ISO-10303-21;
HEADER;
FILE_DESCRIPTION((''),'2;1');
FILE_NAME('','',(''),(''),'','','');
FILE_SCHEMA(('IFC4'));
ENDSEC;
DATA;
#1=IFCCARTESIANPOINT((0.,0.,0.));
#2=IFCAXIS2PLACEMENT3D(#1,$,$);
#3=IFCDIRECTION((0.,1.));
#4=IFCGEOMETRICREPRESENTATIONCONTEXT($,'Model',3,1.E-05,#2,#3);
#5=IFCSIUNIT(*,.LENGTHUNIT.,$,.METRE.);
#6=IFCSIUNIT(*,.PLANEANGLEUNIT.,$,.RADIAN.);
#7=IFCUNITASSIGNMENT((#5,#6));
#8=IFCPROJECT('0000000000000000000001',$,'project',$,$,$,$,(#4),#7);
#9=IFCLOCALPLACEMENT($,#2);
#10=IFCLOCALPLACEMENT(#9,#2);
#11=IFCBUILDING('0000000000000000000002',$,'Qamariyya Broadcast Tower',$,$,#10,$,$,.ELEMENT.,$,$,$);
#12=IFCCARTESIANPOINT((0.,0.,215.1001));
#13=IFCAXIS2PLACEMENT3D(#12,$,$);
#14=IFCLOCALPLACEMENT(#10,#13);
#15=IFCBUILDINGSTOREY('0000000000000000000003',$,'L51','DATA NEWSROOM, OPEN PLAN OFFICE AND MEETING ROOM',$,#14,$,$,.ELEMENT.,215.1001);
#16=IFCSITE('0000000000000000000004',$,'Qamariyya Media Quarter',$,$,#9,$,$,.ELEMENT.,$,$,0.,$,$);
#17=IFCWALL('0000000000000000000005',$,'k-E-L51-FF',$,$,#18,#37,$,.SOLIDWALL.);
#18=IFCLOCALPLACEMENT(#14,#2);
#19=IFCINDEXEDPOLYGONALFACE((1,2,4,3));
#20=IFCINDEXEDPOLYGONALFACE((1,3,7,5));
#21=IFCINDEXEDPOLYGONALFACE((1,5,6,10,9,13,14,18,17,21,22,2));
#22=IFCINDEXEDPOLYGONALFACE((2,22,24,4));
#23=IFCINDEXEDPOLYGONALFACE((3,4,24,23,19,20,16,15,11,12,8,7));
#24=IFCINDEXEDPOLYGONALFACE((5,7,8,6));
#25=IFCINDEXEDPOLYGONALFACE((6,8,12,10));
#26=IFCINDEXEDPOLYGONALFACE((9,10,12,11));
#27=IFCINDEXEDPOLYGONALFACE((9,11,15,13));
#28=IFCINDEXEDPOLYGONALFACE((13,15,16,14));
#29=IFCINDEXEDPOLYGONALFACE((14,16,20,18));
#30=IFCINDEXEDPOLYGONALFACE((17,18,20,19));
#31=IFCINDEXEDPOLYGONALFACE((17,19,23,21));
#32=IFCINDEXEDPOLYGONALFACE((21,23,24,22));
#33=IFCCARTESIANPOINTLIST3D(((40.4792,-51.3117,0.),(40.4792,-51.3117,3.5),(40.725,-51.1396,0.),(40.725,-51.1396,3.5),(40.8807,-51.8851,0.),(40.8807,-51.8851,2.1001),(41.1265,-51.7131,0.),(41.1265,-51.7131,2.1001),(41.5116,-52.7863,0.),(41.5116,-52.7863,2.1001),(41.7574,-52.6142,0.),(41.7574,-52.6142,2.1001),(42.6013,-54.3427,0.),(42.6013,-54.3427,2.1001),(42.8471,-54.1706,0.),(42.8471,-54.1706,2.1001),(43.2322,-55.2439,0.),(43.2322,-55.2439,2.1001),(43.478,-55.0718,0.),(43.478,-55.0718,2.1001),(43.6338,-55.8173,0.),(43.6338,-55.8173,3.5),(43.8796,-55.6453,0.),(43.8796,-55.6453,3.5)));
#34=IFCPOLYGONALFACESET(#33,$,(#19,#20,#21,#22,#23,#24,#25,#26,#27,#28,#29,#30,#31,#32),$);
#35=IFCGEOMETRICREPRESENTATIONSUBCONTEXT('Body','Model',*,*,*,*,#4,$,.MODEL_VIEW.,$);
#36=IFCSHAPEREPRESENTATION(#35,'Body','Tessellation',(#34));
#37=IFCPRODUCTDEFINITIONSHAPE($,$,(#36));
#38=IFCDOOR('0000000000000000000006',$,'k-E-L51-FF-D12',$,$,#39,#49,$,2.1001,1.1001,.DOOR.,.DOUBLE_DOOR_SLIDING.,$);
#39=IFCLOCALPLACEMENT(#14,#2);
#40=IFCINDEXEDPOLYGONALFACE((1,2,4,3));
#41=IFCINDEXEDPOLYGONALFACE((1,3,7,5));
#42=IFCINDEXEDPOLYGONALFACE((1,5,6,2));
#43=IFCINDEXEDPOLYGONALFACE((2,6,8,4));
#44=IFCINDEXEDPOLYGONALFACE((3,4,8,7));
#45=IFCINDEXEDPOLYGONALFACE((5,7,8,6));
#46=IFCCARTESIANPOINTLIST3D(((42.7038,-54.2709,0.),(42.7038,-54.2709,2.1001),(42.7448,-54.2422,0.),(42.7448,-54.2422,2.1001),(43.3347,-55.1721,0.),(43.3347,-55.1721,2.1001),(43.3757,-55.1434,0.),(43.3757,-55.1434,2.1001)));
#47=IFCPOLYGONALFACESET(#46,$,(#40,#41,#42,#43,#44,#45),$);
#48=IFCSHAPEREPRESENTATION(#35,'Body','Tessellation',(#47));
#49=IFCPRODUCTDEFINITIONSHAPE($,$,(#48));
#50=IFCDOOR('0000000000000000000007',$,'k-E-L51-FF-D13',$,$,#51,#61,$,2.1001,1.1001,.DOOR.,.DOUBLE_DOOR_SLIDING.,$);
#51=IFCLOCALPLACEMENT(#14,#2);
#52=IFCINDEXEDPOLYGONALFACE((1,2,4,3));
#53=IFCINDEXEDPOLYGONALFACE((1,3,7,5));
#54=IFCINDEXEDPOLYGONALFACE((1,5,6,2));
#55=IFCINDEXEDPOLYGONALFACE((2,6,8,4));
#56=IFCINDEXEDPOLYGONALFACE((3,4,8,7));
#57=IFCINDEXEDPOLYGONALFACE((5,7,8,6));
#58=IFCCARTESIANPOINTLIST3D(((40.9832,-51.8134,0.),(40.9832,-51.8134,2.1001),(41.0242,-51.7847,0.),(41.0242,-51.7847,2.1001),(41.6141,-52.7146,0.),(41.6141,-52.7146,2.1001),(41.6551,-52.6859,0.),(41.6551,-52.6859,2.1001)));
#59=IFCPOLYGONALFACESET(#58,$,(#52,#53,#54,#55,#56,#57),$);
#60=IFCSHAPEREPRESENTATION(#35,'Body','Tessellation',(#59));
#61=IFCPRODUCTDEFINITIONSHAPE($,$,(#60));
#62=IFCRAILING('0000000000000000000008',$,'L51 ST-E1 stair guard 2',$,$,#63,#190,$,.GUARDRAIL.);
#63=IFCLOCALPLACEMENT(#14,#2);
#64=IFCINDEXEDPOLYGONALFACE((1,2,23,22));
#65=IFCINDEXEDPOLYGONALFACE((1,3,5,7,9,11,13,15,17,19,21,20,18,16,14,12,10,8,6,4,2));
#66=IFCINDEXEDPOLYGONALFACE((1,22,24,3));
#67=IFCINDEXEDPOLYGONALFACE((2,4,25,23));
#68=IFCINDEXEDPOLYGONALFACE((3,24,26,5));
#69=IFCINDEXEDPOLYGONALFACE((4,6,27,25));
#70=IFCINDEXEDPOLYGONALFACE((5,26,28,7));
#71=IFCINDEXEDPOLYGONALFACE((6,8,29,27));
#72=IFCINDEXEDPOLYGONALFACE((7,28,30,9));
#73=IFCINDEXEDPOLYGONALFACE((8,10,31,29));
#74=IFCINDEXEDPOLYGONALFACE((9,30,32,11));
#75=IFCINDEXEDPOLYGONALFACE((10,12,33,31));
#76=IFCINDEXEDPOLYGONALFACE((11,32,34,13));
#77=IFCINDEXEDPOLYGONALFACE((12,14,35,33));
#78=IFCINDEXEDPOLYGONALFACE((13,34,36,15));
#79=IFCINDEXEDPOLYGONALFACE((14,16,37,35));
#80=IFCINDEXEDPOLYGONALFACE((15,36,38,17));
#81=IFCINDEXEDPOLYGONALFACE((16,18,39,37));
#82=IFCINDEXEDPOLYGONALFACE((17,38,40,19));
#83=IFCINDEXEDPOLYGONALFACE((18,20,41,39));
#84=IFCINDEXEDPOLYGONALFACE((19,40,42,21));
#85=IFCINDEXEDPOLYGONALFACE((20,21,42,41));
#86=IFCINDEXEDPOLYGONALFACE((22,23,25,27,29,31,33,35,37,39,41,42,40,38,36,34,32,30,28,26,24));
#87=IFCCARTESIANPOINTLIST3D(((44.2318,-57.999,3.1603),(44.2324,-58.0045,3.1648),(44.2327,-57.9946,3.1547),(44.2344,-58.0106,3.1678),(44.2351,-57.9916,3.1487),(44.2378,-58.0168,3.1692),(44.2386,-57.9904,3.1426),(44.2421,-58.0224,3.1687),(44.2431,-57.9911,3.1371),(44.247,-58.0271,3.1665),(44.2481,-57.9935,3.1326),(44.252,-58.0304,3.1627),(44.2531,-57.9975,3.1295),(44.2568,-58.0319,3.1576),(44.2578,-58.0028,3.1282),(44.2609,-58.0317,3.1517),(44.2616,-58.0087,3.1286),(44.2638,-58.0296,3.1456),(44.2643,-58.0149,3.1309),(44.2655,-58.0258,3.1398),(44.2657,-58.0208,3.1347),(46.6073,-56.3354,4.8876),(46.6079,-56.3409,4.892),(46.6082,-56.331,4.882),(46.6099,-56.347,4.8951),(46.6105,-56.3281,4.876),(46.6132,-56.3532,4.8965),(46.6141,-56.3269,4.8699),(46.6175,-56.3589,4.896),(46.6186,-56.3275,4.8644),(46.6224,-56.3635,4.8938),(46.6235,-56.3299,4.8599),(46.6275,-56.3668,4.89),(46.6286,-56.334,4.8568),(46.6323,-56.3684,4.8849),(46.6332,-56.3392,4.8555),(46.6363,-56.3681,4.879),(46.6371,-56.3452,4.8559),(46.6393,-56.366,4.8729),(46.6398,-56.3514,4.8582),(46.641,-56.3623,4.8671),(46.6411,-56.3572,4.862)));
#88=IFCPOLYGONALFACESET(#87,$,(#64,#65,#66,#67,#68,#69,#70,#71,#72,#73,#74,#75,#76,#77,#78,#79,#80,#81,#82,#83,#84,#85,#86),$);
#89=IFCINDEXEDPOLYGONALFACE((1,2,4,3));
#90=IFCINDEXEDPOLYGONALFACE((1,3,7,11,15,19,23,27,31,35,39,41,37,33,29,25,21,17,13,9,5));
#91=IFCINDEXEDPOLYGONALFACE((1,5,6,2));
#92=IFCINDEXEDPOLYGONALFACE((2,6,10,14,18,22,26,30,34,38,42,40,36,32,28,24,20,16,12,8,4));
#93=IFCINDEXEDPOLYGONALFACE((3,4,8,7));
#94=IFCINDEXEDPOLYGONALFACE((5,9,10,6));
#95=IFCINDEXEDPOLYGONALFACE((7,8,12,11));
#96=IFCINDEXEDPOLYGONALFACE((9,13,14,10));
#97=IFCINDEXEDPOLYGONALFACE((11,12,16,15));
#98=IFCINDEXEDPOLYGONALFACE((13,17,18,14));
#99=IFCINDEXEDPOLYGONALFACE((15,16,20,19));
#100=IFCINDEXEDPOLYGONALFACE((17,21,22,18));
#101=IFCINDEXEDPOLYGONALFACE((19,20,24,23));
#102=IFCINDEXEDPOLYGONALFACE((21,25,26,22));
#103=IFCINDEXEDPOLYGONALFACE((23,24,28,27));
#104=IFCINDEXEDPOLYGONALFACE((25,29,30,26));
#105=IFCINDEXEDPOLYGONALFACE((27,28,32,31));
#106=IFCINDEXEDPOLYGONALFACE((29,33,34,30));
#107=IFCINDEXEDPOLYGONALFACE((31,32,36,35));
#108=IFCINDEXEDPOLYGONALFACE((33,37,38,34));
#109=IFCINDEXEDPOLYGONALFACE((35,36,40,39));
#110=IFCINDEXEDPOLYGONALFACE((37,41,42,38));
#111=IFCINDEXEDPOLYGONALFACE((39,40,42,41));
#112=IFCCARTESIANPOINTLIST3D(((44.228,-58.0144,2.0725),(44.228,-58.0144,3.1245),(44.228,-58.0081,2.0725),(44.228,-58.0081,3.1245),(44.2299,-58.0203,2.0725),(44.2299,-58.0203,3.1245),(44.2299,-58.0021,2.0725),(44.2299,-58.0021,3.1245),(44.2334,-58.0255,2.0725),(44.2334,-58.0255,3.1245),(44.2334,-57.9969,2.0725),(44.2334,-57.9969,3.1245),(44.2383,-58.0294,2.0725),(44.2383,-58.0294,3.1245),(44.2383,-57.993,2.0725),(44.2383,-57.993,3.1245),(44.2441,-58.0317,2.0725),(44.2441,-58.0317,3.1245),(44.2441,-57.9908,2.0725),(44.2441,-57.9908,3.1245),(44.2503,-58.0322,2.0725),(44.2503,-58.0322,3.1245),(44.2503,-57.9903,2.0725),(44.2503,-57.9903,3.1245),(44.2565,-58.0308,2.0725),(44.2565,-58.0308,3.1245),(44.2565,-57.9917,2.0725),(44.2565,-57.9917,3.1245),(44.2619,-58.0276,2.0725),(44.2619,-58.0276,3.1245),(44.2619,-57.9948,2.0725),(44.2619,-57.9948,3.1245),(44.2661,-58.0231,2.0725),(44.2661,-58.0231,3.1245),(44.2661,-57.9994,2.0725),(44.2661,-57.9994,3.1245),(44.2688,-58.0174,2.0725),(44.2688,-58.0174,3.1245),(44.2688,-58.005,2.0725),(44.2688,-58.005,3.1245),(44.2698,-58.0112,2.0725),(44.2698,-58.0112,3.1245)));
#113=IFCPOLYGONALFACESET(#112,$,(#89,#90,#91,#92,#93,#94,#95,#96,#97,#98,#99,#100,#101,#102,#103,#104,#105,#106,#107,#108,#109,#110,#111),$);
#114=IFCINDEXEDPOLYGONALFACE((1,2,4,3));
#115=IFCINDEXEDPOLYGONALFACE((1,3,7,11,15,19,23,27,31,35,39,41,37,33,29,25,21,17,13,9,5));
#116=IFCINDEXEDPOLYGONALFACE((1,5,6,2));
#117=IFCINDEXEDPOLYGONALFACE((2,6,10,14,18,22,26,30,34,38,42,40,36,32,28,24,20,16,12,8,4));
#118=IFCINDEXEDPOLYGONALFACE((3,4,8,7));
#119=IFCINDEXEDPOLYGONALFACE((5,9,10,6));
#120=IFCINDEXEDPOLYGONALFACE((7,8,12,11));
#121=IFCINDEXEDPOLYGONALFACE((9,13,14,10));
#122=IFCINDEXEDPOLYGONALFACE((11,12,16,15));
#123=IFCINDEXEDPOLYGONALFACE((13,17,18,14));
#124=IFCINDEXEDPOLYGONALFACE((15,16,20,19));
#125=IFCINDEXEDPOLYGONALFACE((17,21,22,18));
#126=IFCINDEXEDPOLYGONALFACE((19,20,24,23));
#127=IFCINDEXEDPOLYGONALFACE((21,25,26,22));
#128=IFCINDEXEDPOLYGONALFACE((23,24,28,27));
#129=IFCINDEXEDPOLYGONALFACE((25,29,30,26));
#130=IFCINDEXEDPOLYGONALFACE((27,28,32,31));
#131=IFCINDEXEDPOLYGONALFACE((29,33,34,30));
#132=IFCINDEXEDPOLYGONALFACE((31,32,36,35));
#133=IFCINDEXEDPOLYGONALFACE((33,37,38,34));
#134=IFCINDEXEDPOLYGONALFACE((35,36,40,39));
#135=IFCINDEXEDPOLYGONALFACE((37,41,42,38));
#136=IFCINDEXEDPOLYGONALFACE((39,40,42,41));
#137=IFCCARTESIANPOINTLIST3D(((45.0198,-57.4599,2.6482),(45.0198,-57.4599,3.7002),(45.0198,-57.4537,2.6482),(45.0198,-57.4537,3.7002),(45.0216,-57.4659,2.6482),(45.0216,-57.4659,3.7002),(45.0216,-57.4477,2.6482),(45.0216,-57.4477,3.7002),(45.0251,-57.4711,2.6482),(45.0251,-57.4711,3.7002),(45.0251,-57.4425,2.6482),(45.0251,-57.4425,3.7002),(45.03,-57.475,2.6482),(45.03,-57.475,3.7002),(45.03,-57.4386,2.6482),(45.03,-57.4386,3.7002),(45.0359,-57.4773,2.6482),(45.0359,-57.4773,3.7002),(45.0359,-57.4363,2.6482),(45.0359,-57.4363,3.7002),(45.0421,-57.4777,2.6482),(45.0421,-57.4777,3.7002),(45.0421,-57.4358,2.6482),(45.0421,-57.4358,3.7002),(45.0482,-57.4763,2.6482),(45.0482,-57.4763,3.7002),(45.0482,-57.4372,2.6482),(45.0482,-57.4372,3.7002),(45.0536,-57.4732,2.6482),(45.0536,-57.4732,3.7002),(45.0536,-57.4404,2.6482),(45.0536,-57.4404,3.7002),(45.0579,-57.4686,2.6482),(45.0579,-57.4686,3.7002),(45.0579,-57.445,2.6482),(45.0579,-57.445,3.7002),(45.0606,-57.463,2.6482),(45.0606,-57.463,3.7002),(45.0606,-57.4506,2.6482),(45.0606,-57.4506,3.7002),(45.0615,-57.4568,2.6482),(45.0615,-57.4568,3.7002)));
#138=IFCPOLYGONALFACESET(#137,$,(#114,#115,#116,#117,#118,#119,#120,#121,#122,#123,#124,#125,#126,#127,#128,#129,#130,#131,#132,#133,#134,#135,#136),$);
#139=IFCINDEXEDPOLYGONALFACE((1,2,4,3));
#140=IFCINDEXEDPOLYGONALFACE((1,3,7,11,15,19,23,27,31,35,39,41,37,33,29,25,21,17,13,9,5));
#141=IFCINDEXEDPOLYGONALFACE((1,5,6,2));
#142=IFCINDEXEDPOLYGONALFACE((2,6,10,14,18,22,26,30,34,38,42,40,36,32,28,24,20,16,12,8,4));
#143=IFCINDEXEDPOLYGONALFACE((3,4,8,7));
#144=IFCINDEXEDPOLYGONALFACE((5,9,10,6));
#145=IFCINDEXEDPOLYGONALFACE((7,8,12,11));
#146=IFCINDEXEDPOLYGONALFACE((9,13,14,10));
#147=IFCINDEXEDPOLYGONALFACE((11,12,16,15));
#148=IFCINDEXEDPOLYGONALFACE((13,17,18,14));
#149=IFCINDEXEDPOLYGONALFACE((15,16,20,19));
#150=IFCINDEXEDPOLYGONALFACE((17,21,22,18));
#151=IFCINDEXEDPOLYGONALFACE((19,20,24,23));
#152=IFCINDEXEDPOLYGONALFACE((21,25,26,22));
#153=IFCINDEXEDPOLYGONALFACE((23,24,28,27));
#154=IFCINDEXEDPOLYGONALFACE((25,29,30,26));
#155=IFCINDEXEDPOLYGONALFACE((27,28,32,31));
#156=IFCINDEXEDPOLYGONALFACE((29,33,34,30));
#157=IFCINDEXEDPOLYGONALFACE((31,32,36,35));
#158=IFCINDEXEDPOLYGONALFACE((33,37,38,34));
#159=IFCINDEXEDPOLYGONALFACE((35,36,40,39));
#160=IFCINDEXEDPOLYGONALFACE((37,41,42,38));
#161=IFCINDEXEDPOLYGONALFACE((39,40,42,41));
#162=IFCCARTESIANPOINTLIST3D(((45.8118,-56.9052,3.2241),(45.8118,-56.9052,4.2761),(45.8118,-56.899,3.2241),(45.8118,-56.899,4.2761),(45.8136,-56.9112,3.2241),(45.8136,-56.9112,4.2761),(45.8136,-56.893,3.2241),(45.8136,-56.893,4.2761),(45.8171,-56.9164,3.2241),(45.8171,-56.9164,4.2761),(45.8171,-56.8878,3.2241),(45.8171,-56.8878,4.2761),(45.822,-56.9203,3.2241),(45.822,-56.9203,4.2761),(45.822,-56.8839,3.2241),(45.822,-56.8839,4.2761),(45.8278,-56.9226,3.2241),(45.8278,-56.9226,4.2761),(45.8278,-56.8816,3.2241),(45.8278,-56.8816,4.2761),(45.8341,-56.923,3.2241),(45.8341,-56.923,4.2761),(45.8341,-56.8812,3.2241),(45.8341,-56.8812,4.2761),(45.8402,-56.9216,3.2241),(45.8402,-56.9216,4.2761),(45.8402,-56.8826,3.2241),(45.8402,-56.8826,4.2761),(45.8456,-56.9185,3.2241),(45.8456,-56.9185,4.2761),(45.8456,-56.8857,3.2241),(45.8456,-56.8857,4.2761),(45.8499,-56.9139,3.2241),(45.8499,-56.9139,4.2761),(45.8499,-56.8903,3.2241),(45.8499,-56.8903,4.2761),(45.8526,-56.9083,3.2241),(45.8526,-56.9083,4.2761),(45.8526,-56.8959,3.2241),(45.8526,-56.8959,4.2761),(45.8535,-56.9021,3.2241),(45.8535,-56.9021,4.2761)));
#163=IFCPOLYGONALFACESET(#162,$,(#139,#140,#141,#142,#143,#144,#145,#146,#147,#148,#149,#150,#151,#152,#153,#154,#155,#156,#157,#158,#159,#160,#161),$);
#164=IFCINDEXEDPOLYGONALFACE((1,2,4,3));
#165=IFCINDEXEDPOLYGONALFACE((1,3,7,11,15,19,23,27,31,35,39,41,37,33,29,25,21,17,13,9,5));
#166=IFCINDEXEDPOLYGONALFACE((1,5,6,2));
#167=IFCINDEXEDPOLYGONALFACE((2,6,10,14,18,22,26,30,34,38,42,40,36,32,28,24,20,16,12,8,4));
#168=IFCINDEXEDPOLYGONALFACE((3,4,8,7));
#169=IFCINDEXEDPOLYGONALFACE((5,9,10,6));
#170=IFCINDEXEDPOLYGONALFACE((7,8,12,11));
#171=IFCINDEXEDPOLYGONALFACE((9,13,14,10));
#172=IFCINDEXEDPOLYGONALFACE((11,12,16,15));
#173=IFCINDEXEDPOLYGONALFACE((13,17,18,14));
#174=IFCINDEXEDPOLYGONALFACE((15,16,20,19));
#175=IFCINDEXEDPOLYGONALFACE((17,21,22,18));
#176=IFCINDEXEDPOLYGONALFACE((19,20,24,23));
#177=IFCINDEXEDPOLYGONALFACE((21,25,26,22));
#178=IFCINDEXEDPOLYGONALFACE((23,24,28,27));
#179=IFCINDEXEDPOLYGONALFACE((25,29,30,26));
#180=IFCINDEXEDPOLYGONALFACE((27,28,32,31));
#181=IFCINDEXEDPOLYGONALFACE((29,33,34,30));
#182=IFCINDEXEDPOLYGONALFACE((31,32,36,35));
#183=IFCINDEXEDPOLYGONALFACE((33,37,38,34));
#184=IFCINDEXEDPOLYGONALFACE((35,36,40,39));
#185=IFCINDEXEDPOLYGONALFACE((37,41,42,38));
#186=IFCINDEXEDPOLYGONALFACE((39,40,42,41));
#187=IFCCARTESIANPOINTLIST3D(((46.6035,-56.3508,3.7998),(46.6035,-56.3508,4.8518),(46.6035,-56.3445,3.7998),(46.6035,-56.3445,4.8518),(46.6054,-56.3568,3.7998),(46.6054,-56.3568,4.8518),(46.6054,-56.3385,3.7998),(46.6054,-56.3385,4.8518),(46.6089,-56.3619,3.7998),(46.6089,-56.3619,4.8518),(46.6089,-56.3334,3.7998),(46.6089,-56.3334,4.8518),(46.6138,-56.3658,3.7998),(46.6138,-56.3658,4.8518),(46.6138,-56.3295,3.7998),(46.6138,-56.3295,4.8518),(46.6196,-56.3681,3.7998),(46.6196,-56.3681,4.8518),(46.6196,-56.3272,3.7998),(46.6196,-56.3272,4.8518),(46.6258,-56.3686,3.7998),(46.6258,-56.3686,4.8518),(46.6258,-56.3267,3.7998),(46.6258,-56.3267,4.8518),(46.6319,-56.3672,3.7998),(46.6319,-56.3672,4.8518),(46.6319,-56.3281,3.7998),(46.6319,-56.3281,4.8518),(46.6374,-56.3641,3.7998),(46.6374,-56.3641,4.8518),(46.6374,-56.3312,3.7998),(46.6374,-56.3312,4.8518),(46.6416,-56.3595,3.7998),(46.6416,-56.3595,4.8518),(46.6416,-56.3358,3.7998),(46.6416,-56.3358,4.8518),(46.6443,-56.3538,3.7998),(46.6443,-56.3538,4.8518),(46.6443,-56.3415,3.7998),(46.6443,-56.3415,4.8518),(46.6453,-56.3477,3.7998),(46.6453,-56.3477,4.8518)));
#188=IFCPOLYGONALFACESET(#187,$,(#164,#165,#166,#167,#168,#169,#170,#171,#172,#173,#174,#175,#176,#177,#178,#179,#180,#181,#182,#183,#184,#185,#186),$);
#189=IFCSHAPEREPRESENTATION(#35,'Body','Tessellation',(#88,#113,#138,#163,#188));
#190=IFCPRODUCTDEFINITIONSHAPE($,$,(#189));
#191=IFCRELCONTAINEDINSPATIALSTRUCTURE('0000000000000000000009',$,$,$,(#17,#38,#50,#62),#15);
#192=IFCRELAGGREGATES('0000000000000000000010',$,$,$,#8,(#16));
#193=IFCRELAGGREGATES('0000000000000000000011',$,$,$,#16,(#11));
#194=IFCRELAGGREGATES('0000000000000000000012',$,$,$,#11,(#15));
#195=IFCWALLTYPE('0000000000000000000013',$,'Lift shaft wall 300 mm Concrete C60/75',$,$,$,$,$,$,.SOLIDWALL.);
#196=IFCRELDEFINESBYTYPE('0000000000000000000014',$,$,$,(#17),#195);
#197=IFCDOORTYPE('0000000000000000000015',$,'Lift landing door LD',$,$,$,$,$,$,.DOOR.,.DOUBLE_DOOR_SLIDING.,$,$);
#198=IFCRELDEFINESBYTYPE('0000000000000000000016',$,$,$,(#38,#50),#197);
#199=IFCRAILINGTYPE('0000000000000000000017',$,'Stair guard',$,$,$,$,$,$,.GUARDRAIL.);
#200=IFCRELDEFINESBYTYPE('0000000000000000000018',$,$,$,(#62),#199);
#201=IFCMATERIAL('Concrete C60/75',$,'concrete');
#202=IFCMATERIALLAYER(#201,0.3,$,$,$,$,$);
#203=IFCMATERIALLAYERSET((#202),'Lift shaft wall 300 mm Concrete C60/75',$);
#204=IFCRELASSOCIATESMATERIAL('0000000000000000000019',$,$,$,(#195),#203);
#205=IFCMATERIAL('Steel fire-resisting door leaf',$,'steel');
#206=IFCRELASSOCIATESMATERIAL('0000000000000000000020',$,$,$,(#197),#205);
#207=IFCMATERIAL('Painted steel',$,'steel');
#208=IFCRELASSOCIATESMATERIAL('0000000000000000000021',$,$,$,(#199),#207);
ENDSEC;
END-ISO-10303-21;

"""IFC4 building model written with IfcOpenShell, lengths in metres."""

from ifc_helpers import new_model, si_unit, direction, frame, frame_2d, origin, origin_2d, place, context, subcontext, project, spatial, rectangle, circle, extrude, material, layer, layer_set, type_object, element, fill, save


model = new_model("IFC4")

# Units and contexts
model_context = context("Model", 3, precision=1e-05, world=origin(), true_north=direction((0.0, 1.0)))
body_context = subcontext(model_context, "Body", "Model", "MODEL_VIEW")
ifc_project = project(units=[si_unit("LENGTHUNIT", "METRE"), si_unit("PLANEANGLEUNIT", "RADIAN")], contexts=[model_context])

# Site, building, storey
site_placement = place(None, origin())
site = spatial("IfcSite", under=ifc_project, at=site_placement, Name="Qamariyya Media Quarter", CompositionType="ELEMENT", RefElevation=0.0)
building_placement = place(site_placement, origin())
building = spatial("IfcBuilding", under=site, at=building_placement, Name="Qamariyya Broadcast Tower", CompositionType="ELEMENT")
storey_placement = place(building_placement, frame((0.0, 0.0, 215.1001)))
storey = spatial("IfcBuildingStorey", under=building, at=storey_placement, Name="L51", Description="DATA NEWSROOM, OPEN PLAN OFFICE AND MEETING ROOM", CompositionType="ELEMENT", Elevation=215.1001)

# Shared definitions
ifc_material_1 = material(Name="Concrete C60/75", Category="concrete")

# Shared definitions
ifc_material_2 = material(Name="Steel fire-resisting door leaf", Category="steel")

# Shared definitions
ifc_layer_1 = layer(ifc_material_1, 0.3)
ifc_layer_set_1 = layer_set([ifc_layer_1], Name="Lift shaft wall 300 mm Concrete C60/75")
wall_type_1 = type_object("IfcWallType", Name="Lift shaft wall 300 mm Concrete C60/75", PredefinedType="SOLIDWALL", material=ifc_layer_set_1)

# Wall, openings, doors
wall_1_placement = place(storey_placement, frame((43.7566, -55.7312, 0.0), z_axis=(0.0, 0.0, 1.0), x_axis=(-0.573537, 0.81918, 0.0)))
wall_1 = element("IfcWall", 1, at=wall_1_placement, inside=storey, type_object=wall_type_1, Name="k-E-L51-FF", PredefinedType="SOLIDWALL", context=body_context, shape_type="SweptSolid", body=[
    extrude(rectangle(XDim=5.5002, YDim=0.3, at=frame_2d((2.75, 0.0))), origin(), (0.0, 0.0, 1.0), 3.5),
])
opening_1_placement = place(wall_1_placement, frame((0.7, 0.0, 0.0)))
opening_1 = element("IfcOpeningElement", 2, at=opening_1_placement, cuts=wall_1, PredefinedType="OPENING", context=body_context, shape_type="SweptSolid", body=[
    extrude(rectangle(XDim=1.1001, YDim=2.1001, at=frame_2d((0.55, 1.05))), frame((0.0, 0.1599, 0.0), z_axis=(0.0, -1.0, 0.0), x_axis=(1.0, 0.0, 0.0)), (0.0, 0.0, 1.0), 0.3201),
])
opening_2_placement = place(wall_1_placement, frame((3.7, 0.0, 0.0)))
opening_2 = element("IfcOpeningElement", 3, at=opening_2_placement, cuts=wall_1, PredefinedType="OPENING", context=body_context, shape_type="SweptSolid", body=[
    extrude(rectangle(XDim=1.1001, YDim=2.1001, at=frame_2d((0.55, 1.05))), frame((0.0, 0.1599, 0.0), z_axis=(0.0, -1.0, 0.0), x_axis=(1.0, 0.0, 0.0)), (0.0, 0.0, 1.0), 0.3201),
])
door_type_1 = type_object("IfcDoorType", Name="Lift landing door LD", OperationType="DOUBLE_DOOR_SLIDING", PredefinedType="DOOR", material=ifc_material_2)
door_1_placement = place(opening_1_placement, origin())
door_1 = element("IfcDoor", 4, at=door_1_placement, inside=storey, type_object=door_type_1, Name="k-E-L51-FF-D12", OperationType="DOUBLE_DOOR_SLIDING", OverallHeight=2.1001, OverallWidth=1.1001, PredefinedType="DOOR", context=body_context, shape_type="SweptSolid", body=[
    extrude(rectangle(XDim=1.1001, YDim=2.1001, at=frame_2d((0.55, 1.05))), frame((0.0, 0.0249, 0.0), z_axis=(0.0, -1.0, 0.0), x_axis=(1.0, 0.0, 0.0)), (0.0, 0.0, 1.0), 0.05),
])
fill(opening_1, door_1)
door_2_placement = place(opening_2_placement, origin())
door_2 = element("IfcDoor", 5, at=door_2_placement, inside=storey, type_object=door_type_1, Name="k-E-L51-FF-D13", OperationType="DOUBLE_DOOR_SLIDING", OverallHeight=2.1001, OverallWidth=1.1001, PredefinedType="DOOR", context=body_context, shape_type="SweptSolid", body=[
    extrude(rectangle(XDim=1.1001, YDim=2.1001, at=frame_2d((0.55, 1.05))), frame((0.0, 0.0249, 0.0), z_axis=(0.0, -1.0, 0.0), x_axis=(1.0, 0.0, 0.0)), (0.0, 0.0, 1.0), 0.05),
])
fill(opening_2, door_2)

# Railing
ifc_material_3 = material(Name="Painted steel", Category="steel")
railing_type_1 = type_object("IfcRailingType", Name="Stair guard", PredefinedType="GUARDRAIL", material=ifc_material_3)
railing_1_placement = place(storey_placement, frame((44.2488, -58.0112, 2.0725)))
element("IfcRailing", 6, at=railing_1_placement, inside=storey, type_object=railing_type_1, Name="L51 ST-E1 stair guard 2", PredefinedType="GUARDRAIL", context=body_context, shape_type="SweptSolid", body=[
    extrude(circle(Radius=0.0239, at=origin_2d()), frame((0.0, 0.0, 1.0762), z_axis=(0.703745, 0.492838, 0.511716), x_axis=(-0.573632, 0.819113, 0.0)), (0.0, 0.0, 1.0), 3.3755),
    extrude(circle(Radius=0.021, at=origin_2d()), origin(), (0.0, 0.0, 1.0), 1.052),
    extrude(circle(Radius=0.021, at=origin_2d()), frame((0.7917, 0.5544, 0.5757)), (0.0, 0.0, 1.0), 1.052),
    extrude(circle(Radius=0.021, at=origin_2d()), frame((1.5837, 1.1091, 1.1516)), (0.0, 0.0, 1.0), 1.052),
    extrude(circle(Radius=0.021, at=origin_2d()), frame((2.3755, 1.6636, 1.7273)), (0.0, 0.0, 1.0), 1.052),
])

save(model, "model.ifc")
